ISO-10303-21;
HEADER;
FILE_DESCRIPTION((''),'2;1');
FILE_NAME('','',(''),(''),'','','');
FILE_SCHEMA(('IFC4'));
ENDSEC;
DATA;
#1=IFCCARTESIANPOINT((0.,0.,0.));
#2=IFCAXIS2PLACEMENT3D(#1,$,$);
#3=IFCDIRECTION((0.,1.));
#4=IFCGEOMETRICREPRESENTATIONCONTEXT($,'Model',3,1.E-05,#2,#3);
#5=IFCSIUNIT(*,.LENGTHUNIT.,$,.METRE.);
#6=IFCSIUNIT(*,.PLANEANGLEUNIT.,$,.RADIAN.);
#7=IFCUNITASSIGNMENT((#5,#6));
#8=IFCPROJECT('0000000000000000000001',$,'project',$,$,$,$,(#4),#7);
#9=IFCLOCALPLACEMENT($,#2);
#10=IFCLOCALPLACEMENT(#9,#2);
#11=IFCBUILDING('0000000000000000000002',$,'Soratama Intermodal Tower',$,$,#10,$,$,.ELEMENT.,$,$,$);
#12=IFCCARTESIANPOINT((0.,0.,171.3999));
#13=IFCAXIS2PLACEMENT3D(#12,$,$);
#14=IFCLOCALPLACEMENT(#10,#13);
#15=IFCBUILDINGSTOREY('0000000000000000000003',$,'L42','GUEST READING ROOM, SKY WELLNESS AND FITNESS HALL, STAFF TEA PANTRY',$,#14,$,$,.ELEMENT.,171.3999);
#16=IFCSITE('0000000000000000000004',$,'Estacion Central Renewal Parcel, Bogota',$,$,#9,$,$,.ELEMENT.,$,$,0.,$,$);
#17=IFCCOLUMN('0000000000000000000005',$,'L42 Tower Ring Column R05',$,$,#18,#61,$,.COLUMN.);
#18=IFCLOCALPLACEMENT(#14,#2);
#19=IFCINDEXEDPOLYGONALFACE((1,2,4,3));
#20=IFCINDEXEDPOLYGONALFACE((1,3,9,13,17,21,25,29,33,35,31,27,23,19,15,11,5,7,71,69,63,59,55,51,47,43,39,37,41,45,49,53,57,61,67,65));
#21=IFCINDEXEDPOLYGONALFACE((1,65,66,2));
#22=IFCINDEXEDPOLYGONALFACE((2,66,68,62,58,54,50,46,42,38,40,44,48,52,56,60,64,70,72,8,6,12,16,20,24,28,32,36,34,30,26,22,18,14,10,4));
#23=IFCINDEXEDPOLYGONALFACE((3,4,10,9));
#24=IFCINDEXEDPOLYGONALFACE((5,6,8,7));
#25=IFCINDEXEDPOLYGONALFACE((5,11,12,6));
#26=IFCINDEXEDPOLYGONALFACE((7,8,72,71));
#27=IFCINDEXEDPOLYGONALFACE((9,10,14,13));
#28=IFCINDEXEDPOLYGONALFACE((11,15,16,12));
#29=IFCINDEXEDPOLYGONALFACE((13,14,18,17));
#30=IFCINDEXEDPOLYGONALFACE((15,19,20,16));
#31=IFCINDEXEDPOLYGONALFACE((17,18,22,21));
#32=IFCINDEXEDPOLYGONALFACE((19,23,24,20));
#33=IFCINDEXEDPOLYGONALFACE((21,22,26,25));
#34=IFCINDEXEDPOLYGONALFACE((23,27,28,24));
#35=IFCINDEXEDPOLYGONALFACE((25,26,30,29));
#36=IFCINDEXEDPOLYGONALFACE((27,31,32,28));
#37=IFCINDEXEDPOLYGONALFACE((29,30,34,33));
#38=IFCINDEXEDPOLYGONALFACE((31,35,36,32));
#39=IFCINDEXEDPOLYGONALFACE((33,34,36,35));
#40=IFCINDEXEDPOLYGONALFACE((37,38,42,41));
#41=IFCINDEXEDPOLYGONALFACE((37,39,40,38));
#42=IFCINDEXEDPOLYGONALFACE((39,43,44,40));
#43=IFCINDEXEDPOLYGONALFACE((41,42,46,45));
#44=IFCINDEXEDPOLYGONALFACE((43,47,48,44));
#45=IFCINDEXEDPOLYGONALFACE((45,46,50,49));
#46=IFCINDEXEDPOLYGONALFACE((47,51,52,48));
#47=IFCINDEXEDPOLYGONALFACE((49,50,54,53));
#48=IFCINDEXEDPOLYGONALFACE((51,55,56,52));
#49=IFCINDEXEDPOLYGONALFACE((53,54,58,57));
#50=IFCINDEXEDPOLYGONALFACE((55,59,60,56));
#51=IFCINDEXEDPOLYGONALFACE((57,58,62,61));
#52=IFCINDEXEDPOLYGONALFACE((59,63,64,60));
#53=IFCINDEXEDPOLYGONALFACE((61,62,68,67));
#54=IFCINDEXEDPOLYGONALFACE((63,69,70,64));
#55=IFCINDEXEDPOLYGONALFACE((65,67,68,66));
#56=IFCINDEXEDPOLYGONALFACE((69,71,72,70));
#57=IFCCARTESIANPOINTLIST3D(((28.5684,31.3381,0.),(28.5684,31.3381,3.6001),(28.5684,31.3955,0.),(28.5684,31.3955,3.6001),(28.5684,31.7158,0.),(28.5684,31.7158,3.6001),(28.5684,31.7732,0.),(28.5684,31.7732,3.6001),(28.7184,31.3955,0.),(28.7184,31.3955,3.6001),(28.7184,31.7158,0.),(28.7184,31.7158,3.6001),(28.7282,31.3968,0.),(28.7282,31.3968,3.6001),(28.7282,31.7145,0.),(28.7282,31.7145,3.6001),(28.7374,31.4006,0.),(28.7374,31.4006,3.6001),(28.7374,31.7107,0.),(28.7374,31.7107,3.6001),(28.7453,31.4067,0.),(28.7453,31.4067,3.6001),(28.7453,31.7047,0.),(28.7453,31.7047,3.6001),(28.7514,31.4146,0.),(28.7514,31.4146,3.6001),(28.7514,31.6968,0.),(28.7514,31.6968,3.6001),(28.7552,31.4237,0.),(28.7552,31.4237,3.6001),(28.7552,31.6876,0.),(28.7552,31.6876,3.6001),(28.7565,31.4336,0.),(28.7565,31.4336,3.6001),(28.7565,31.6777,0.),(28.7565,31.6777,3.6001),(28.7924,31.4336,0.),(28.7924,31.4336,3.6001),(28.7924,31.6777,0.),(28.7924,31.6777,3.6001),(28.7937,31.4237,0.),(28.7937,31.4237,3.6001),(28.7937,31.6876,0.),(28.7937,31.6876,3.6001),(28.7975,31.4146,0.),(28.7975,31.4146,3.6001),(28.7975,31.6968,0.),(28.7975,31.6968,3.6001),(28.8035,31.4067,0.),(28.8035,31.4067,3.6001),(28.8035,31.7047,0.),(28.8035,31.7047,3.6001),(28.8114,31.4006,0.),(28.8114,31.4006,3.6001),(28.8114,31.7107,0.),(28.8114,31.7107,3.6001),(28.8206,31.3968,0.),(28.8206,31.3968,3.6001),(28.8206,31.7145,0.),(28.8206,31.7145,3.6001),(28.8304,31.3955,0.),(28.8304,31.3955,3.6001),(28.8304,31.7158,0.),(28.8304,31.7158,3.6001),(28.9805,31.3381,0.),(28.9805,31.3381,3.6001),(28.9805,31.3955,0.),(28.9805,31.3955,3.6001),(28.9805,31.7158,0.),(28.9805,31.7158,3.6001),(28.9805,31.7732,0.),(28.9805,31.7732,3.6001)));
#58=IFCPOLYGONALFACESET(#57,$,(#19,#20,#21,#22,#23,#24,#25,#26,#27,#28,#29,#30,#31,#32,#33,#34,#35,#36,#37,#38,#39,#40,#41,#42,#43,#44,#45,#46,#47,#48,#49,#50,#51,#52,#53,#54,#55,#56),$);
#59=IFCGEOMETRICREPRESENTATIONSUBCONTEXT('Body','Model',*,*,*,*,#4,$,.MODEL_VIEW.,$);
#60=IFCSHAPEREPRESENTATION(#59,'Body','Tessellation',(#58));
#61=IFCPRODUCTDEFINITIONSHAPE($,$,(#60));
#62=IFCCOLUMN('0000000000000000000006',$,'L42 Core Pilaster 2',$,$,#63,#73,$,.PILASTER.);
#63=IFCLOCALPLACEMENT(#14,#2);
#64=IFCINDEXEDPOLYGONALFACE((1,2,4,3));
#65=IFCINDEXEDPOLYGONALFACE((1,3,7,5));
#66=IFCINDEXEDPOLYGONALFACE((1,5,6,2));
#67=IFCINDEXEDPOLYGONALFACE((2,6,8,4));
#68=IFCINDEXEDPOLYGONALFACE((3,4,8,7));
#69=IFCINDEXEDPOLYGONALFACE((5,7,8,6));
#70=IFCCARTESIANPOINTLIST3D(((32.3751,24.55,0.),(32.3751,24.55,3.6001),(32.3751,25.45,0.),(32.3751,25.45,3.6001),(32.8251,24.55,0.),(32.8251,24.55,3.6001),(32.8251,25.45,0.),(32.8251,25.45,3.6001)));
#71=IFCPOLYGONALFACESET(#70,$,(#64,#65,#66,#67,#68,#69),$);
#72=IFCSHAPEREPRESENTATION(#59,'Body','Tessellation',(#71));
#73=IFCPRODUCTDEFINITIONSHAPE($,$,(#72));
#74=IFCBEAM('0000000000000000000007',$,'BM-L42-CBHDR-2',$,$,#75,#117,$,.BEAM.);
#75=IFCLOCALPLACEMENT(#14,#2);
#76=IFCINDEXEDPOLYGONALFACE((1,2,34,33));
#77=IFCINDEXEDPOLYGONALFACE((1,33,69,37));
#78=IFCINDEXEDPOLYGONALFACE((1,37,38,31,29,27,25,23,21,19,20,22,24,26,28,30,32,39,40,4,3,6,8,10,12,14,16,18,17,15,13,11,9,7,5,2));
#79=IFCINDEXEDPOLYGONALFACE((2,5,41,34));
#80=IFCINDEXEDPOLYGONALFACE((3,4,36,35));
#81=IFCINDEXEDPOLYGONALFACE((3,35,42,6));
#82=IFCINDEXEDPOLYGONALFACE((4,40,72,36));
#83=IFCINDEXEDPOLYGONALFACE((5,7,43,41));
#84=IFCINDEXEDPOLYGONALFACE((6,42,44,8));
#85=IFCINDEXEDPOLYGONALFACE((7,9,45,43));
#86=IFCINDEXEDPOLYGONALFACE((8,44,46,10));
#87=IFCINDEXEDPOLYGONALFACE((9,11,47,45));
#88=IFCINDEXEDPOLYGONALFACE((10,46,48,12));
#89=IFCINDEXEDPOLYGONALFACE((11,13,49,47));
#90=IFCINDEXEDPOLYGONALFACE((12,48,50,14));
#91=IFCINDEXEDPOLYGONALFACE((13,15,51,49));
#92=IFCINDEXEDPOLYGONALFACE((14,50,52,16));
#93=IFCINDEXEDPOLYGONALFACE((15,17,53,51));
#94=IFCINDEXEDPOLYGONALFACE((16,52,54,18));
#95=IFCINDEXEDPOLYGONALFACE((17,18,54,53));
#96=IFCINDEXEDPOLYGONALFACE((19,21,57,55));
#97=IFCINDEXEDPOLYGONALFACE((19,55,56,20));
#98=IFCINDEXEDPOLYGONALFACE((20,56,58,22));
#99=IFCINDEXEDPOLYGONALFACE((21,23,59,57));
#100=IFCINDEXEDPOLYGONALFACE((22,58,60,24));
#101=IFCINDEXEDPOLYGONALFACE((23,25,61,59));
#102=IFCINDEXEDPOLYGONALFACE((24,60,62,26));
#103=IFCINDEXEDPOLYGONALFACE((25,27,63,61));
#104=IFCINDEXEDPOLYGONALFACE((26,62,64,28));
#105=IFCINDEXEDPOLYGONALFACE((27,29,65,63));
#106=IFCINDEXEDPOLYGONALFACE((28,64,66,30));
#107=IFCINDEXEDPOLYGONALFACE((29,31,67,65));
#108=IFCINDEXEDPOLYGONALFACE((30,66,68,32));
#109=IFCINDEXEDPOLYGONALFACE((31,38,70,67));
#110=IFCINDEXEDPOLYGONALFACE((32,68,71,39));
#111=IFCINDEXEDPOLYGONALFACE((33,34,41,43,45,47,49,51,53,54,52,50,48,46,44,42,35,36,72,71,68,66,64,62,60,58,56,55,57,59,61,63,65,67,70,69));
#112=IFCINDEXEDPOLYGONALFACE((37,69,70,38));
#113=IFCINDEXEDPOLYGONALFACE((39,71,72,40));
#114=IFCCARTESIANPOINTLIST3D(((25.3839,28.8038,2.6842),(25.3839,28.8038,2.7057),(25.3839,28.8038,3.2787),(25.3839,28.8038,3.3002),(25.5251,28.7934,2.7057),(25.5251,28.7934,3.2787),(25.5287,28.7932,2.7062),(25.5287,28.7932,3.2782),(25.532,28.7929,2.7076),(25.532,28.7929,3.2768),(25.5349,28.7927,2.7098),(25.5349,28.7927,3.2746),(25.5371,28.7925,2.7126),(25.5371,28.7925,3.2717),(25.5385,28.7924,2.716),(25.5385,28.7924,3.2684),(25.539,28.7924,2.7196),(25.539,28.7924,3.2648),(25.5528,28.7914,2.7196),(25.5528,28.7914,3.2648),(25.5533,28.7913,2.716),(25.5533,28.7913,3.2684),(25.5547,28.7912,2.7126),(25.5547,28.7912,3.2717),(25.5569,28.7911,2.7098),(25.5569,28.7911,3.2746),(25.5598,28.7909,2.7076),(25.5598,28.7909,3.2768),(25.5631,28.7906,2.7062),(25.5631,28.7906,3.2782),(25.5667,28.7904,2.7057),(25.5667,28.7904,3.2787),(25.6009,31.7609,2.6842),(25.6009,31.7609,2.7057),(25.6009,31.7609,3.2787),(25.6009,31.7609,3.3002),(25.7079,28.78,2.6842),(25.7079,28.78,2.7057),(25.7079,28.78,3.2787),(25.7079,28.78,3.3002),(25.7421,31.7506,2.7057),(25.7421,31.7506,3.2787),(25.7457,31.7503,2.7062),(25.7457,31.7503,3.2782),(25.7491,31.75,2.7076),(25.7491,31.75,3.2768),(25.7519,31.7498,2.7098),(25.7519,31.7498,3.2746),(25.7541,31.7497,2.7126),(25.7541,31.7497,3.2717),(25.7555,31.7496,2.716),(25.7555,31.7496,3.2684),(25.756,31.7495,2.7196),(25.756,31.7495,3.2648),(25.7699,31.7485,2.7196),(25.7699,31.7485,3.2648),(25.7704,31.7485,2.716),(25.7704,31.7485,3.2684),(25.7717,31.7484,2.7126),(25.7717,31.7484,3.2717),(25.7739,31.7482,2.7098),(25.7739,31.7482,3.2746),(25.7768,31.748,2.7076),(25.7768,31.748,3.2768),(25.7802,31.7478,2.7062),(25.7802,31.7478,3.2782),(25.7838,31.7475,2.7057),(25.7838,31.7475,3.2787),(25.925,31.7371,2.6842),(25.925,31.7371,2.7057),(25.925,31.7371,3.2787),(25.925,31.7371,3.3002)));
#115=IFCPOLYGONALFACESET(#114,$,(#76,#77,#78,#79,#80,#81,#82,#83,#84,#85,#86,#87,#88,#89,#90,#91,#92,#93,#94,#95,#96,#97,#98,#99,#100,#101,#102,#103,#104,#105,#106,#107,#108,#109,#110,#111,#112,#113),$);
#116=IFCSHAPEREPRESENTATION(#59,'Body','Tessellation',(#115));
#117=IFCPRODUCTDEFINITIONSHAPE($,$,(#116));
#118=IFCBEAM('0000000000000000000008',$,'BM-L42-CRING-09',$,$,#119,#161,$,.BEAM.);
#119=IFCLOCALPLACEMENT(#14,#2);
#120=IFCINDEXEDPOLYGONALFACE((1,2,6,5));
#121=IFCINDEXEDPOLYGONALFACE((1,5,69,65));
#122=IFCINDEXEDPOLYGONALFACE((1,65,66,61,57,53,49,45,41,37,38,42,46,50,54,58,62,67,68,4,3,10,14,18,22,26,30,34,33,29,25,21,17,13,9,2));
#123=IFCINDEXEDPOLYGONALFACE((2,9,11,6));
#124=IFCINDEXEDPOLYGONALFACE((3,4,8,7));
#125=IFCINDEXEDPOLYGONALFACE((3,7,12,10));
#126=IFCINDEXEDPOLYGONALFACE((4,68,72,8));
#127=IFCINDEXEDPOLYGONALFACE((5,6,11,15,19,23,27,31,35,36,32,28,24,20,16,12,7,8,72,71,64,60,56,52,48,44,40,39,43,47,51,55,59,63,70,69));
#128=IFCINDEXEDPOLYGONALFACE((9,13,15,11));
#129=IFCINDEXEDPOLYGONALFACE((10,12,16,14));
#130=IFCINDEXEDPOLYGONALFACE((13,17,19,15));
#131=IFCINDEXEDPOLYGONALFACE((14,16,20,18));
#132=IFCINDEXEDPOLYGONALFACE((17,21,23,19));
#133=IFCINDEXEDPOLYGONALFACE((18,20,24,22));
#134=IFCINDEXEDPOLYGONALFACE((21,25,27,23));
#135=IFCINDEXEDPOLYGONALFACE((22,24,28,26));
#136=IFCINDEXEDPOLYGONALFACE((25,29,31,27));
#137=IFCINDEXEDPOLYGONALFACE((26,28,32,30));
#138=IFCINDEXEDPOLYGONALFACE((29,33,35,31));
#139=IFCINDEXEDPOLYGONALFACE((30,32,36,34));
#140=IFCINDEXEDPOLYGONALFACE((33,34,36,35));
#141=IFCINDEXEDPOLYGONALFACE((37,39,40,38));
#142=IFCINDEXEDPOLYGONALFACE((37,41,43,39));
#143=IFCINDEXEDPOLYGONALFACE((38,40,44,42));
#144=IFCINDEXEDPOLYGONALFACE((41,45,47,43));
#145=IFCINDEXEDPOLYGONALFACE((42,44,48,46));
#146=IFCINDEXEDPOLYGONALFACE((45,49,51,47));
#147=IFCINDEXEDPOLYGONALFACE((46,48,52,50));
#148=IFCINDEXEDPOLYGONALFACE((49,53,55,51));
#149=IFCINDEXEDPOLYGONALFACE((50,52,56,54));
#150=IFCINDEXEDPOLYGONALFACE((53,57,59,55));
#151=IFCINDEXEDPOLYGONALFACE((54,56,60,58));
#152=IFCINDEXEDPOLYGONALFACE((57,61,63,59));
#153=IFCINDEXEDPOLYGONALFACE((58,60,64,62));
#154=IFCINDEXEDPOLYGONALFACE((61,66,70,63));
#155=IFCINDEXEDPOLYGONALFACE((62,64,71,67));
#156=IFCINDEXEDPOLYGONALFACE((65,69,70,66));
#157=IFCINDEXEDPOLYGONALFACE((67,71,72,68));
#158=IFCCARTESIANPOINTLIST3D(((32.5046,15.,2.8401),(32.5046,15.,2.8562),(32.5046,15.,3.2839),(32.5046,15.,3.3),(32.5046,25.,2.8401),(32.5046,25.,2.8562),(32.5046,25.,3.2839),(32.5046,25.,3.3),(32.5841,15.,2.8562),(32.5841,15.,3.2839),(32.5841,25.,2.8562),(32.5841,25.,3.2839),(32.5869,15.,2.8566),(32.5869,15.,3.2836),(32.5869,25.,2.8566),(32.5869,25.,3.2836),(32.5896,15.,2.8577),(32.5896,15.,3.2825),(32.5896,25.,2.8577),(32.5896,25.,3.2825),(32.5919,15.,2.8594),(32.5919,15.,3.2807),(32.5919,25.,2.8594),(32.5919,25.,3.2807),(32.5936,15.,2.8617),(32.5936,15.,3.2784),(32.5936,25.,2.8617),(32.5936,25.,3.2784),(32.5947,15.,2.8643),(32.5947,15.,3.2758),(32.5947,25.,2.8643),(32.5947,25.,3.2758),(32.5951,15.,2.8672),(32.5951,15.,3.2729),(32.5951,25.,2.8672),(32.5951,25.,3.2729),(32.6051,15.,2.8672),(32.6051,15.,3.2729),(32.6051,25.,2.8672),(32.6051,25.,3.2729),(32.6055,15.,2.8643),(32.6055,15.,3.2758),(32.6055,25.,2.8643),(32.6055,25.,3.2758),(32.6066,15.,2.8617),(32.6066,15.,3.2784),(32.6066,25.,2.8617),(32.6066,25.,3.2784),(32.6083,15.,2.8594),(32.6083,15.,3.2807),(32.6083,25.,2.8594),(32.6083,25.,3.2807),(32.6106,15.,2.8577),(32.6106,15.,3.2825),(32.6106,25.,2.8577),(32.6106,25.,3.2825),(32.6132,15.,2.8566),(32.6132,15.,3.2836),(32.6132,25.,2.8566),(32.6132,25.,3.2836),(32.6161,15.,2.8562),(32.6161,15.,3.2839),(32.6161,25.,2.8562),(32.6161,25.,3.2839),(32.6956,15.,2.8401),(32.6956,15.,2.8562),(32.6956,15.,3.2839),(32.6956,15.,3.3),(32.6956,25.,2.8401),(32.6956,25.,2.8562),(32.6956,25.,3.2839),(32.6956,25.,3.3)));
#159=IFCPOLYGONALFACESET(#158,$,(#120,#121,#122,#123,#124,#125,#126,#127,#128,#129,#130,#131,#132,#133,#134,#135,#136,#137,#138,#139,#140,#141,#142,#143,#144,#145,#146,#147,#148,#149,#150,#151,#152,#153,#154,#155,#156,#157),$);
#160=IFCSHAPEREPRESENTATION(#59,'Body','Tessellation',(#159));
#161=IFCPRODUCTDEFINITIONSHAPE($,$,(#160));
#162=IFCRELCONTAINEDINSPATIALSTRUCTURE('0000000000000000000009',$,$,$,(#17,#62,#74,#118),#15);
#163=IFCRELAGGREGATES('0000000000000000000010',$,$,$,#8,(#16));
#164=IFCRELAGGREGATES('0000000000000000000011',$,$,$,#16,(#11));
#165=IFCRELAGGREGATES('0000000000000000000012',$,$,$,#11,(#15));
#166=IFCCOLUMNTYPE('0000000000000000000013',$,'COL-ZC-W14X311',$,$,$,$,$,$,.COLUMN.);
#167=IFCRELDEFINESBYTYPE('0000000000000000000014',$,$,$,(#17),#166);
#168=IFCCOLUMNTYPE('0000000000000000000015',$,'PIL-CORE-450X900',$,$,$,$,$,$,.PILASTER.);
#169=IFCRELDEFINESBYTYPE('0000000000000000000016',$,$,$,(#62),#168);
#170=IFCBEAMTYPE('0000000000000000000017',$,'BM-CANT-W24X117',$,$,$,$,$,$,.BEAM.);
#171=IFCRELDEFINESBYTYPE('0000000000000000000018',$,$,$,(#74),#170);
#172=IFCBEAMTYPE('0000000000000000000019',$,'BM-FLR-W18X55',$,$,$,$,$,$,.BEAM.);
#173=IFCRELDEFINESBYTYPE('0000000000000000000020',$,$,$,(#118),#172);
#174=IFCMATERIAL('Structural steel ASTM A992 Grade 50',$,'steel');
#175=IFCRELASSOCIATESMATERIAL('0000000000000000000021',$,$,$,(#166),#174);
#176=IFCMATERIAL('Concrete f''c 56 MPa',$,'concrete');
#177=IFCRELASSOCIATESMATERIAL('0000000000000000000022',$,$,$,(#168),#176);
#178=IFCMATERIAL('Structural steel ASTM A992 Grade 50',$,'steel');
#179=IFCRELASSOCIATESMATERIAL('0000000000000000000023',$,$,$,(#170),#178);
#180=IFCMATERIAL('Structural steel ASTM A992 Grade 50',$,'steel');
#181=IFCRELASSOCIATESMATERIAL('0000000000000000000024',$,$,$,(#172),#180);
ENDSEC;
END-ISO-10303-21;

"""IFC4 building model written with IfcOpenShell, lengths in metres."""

from ifc_helpers import new_model, si_unit, direction, frame, origin, origin_2d, place, context, subcontext, project, spatial, rectangle, i_section, extrude, material, material_profile, profile_set, type_object, element, save


model = new_model("IFC4")

# Units and contexts
model_context = context("Model", 3, precision=1e-05, world=origin(), true_north=direction((0.0, 1.0)))
body_context = subcontext(model_context, "Body", "Model", "MODEL_VIEW")
ifc_project = project(units=[si_unit("LENGTHUNIT", "METRE"), si_unit("PLANEANGLEUNIT", "RADIAN")], contexts=[model_context])

# Site, building, storey
site_placement = place(None, origin())
site = spatial("IfcSite", under=ifc_project, at=site_placement, Name="Estacion Central Renewal Parcel, Bogota", CompositionType="ELEMENT", RefElevation=0.0)
building_placement = place(site_placement, origin())
building = spatial("IfcBuilding", under=site, at=building_placement, Name="Soratama Intermodal Tower", CompositionType="ELEMENT")
storey_placement = place(building_placement, frame((0.0, 0.0, 171.3999)))
storey = spatial("IfcBuildingStorey", under=building, at=storey_placement, Name="L42", Description="GUEST READING ROOM, SKY WELLNESS AND FITNESS HALL, STAFF TEA PANTRY", CompositionType="ELEMENT", Elevation=171.3999)

# Columns
ifc_material_1 = material(Name="Structural steel ASTM A992 Grade 50", Category="steel")
ifc_material_profile_1 = material_profile(ifc_material_1, i_section(OverallWidth=0.4121, OverallDepth=0.4351, WebThickness=0.0359, FlangeThickness=0.0574, FilletRadius=0.0381, at=origin_2d()), Name="W14X311")
ifc_profile_set_1 = profile_set([ifc_material_profile_1], Name="Structural steel ASTM A992 Grade 50")
column_type_1 = type_object("IfcColumnType", Name="COL-ZC-W14X311", PredefinedType="COLUMN", material=ifc_profile_set_1)
column_1_placement = place(storey_placement, frame((28.7744, 31.5557, 0.0), z_axis=(0.0, 0.0, 1.0), x_axis=(1.0, 0.0, 0.0)))
element("IfcColumn", 1, at=column_1_placement, inside=storey, type_object=column_type_1, Name="L42 Tower Ring Column R05", PredefinedType="COLUMN", context=body_context, shape_type="SweptSolid", body=[
    extrude(i_section(OverallWidth=0.4121, OverallDepth=0.4351, WebThickness=0.0359, FlangeThickness=0.0574, FilletRadius=0.0381, at=origin_2d()), origin(), (0.0, 0.0, 1.0), 3.6001),
])
ifc_material_2 = material(Name="Concrete f'c 56 MPa", Category="concrete")
ifc_material_profile_2 = material_profile(ifc_material_2, rectangle(XDim=0.45, YDim=0.8999, at=origin_2d()), Name="RC450X900")
ifc_profile_set_2 = profile_set([ifc_material_profile_2], Name="Concrete f'c 56 MPa")
column_type_2 = type_object("IfcColumnType", Name="PIL-CORE-450X900", PredefinedType="PILASTER", material=ifc_profile_set_2)
column_2_placement = place(storey_placement, frame((32.6001, 25.0, 0.0), z_axis=(0.0, 0.0, 1.0), x_axis=(1.0, 0.0, 0.0)))
element("IfcColumn", 2, at=column_2_placement, inside=storey, type_object=column_type_2, Name="L42 Core Pilaster 2", PredefinedType="PILASTER", context=body_context, shape_type="SweptSolid", body=[
    extrude(rectangle(XDim=0.45, YDim=0.8999, at=origin_2d()), origin(), (0.0, 0.0, 1.0), 3.6001),
])

# Beams
ifc_material_3 = material(Name="Structural steel ASTM A992 Grade 50", Category="steel")
ifc_material_profile_3 = material_profile(ifc_material_3, i_section(OverallWidth=0.325, OverallDepth=0.616, WebThickness=0.0139, FlangeThickness=0.0215, FilletRadius=0.0139, at=origin_2d()), Name="W24X117")
ifc_profile_set_3 = profile_set([ifc_material_profile_3], Name="Structural steel ASTM A992 Grade 50")
beam_type_1 = type_object("IfcBeamType", Name="BM-CANT-W24X117", PredefinedType="BEAM", material=ifc_profile_set_3)
beam_1_placement = place(storey_placement, frame((25.7629, 31.749, 2.9922), z_axis=(-0.073201, -0.997317, 0.0), x_axis=(0.997317, -0.073201, 0.0)))
element("IfcBeam", 3, at=beam_1_placement, inside=storey, type_object=beam_type_1, Name="BM-L42-CBHDR-2", PredefinedType="BEAM", context=body_context, shape_type="SweptSolid", body=[
    extrude(i_section(OverallWidth=0.325, OverallDepth=0.616, WebThickness=0.0139, FlangeThickness=0.0215, FilletRadius=0.0139, at=origin_2d()), origin(), (0.0, 0.0, 1.0), 2.9651),
])
ifc_material_4 = material(Name="Structural steel ASTM A992 Grade 50", Category="steel")
ifc_material_profile_4 = material_profile(ifc_material_4, i_section(OverallWidth=0.1909, OverallDepth=0.46, WebThickness=0.01, FlangeThickness=0.0161, FilletRadius=0.011, at=origin_2d()), Name="W18X55")
ifc_profile_set_4 = profile_set([ifc_material_profile_4], Name="Structural steel ASTM A992 Grade 50")
beam_type_2 = type_object("IfcBeamType", Name="BM-FLR-W18X55", PredefinedType="BEAM", material=ifc_profile_set_4)
beam_2_placement = place(storey_placement, frame((32.6001, 25.0, 3.0701), z_axis=(0.0, -1.0, 0.0), x_axis=(1.0, 0.0, 0.0)))
element("IfcBeam", 4, at=beam_2_placement, inside=storey, type_object=beam_type_2, Name="BM-L42-CRING-09", PredefinedType="BEAM", context=body_context, shape_type="SweptSolid", body=[
    extrude(i_section(OverallWidth=0.1909, OverallDepth=0.46, WebThickness=0.01, FlangeThickness=0.0161, FilletRadius=0.011, at=origin_2d()), origin(), (0.0, 0.0, 1.0), 10.0),
])

save(model, "model.ifc")
